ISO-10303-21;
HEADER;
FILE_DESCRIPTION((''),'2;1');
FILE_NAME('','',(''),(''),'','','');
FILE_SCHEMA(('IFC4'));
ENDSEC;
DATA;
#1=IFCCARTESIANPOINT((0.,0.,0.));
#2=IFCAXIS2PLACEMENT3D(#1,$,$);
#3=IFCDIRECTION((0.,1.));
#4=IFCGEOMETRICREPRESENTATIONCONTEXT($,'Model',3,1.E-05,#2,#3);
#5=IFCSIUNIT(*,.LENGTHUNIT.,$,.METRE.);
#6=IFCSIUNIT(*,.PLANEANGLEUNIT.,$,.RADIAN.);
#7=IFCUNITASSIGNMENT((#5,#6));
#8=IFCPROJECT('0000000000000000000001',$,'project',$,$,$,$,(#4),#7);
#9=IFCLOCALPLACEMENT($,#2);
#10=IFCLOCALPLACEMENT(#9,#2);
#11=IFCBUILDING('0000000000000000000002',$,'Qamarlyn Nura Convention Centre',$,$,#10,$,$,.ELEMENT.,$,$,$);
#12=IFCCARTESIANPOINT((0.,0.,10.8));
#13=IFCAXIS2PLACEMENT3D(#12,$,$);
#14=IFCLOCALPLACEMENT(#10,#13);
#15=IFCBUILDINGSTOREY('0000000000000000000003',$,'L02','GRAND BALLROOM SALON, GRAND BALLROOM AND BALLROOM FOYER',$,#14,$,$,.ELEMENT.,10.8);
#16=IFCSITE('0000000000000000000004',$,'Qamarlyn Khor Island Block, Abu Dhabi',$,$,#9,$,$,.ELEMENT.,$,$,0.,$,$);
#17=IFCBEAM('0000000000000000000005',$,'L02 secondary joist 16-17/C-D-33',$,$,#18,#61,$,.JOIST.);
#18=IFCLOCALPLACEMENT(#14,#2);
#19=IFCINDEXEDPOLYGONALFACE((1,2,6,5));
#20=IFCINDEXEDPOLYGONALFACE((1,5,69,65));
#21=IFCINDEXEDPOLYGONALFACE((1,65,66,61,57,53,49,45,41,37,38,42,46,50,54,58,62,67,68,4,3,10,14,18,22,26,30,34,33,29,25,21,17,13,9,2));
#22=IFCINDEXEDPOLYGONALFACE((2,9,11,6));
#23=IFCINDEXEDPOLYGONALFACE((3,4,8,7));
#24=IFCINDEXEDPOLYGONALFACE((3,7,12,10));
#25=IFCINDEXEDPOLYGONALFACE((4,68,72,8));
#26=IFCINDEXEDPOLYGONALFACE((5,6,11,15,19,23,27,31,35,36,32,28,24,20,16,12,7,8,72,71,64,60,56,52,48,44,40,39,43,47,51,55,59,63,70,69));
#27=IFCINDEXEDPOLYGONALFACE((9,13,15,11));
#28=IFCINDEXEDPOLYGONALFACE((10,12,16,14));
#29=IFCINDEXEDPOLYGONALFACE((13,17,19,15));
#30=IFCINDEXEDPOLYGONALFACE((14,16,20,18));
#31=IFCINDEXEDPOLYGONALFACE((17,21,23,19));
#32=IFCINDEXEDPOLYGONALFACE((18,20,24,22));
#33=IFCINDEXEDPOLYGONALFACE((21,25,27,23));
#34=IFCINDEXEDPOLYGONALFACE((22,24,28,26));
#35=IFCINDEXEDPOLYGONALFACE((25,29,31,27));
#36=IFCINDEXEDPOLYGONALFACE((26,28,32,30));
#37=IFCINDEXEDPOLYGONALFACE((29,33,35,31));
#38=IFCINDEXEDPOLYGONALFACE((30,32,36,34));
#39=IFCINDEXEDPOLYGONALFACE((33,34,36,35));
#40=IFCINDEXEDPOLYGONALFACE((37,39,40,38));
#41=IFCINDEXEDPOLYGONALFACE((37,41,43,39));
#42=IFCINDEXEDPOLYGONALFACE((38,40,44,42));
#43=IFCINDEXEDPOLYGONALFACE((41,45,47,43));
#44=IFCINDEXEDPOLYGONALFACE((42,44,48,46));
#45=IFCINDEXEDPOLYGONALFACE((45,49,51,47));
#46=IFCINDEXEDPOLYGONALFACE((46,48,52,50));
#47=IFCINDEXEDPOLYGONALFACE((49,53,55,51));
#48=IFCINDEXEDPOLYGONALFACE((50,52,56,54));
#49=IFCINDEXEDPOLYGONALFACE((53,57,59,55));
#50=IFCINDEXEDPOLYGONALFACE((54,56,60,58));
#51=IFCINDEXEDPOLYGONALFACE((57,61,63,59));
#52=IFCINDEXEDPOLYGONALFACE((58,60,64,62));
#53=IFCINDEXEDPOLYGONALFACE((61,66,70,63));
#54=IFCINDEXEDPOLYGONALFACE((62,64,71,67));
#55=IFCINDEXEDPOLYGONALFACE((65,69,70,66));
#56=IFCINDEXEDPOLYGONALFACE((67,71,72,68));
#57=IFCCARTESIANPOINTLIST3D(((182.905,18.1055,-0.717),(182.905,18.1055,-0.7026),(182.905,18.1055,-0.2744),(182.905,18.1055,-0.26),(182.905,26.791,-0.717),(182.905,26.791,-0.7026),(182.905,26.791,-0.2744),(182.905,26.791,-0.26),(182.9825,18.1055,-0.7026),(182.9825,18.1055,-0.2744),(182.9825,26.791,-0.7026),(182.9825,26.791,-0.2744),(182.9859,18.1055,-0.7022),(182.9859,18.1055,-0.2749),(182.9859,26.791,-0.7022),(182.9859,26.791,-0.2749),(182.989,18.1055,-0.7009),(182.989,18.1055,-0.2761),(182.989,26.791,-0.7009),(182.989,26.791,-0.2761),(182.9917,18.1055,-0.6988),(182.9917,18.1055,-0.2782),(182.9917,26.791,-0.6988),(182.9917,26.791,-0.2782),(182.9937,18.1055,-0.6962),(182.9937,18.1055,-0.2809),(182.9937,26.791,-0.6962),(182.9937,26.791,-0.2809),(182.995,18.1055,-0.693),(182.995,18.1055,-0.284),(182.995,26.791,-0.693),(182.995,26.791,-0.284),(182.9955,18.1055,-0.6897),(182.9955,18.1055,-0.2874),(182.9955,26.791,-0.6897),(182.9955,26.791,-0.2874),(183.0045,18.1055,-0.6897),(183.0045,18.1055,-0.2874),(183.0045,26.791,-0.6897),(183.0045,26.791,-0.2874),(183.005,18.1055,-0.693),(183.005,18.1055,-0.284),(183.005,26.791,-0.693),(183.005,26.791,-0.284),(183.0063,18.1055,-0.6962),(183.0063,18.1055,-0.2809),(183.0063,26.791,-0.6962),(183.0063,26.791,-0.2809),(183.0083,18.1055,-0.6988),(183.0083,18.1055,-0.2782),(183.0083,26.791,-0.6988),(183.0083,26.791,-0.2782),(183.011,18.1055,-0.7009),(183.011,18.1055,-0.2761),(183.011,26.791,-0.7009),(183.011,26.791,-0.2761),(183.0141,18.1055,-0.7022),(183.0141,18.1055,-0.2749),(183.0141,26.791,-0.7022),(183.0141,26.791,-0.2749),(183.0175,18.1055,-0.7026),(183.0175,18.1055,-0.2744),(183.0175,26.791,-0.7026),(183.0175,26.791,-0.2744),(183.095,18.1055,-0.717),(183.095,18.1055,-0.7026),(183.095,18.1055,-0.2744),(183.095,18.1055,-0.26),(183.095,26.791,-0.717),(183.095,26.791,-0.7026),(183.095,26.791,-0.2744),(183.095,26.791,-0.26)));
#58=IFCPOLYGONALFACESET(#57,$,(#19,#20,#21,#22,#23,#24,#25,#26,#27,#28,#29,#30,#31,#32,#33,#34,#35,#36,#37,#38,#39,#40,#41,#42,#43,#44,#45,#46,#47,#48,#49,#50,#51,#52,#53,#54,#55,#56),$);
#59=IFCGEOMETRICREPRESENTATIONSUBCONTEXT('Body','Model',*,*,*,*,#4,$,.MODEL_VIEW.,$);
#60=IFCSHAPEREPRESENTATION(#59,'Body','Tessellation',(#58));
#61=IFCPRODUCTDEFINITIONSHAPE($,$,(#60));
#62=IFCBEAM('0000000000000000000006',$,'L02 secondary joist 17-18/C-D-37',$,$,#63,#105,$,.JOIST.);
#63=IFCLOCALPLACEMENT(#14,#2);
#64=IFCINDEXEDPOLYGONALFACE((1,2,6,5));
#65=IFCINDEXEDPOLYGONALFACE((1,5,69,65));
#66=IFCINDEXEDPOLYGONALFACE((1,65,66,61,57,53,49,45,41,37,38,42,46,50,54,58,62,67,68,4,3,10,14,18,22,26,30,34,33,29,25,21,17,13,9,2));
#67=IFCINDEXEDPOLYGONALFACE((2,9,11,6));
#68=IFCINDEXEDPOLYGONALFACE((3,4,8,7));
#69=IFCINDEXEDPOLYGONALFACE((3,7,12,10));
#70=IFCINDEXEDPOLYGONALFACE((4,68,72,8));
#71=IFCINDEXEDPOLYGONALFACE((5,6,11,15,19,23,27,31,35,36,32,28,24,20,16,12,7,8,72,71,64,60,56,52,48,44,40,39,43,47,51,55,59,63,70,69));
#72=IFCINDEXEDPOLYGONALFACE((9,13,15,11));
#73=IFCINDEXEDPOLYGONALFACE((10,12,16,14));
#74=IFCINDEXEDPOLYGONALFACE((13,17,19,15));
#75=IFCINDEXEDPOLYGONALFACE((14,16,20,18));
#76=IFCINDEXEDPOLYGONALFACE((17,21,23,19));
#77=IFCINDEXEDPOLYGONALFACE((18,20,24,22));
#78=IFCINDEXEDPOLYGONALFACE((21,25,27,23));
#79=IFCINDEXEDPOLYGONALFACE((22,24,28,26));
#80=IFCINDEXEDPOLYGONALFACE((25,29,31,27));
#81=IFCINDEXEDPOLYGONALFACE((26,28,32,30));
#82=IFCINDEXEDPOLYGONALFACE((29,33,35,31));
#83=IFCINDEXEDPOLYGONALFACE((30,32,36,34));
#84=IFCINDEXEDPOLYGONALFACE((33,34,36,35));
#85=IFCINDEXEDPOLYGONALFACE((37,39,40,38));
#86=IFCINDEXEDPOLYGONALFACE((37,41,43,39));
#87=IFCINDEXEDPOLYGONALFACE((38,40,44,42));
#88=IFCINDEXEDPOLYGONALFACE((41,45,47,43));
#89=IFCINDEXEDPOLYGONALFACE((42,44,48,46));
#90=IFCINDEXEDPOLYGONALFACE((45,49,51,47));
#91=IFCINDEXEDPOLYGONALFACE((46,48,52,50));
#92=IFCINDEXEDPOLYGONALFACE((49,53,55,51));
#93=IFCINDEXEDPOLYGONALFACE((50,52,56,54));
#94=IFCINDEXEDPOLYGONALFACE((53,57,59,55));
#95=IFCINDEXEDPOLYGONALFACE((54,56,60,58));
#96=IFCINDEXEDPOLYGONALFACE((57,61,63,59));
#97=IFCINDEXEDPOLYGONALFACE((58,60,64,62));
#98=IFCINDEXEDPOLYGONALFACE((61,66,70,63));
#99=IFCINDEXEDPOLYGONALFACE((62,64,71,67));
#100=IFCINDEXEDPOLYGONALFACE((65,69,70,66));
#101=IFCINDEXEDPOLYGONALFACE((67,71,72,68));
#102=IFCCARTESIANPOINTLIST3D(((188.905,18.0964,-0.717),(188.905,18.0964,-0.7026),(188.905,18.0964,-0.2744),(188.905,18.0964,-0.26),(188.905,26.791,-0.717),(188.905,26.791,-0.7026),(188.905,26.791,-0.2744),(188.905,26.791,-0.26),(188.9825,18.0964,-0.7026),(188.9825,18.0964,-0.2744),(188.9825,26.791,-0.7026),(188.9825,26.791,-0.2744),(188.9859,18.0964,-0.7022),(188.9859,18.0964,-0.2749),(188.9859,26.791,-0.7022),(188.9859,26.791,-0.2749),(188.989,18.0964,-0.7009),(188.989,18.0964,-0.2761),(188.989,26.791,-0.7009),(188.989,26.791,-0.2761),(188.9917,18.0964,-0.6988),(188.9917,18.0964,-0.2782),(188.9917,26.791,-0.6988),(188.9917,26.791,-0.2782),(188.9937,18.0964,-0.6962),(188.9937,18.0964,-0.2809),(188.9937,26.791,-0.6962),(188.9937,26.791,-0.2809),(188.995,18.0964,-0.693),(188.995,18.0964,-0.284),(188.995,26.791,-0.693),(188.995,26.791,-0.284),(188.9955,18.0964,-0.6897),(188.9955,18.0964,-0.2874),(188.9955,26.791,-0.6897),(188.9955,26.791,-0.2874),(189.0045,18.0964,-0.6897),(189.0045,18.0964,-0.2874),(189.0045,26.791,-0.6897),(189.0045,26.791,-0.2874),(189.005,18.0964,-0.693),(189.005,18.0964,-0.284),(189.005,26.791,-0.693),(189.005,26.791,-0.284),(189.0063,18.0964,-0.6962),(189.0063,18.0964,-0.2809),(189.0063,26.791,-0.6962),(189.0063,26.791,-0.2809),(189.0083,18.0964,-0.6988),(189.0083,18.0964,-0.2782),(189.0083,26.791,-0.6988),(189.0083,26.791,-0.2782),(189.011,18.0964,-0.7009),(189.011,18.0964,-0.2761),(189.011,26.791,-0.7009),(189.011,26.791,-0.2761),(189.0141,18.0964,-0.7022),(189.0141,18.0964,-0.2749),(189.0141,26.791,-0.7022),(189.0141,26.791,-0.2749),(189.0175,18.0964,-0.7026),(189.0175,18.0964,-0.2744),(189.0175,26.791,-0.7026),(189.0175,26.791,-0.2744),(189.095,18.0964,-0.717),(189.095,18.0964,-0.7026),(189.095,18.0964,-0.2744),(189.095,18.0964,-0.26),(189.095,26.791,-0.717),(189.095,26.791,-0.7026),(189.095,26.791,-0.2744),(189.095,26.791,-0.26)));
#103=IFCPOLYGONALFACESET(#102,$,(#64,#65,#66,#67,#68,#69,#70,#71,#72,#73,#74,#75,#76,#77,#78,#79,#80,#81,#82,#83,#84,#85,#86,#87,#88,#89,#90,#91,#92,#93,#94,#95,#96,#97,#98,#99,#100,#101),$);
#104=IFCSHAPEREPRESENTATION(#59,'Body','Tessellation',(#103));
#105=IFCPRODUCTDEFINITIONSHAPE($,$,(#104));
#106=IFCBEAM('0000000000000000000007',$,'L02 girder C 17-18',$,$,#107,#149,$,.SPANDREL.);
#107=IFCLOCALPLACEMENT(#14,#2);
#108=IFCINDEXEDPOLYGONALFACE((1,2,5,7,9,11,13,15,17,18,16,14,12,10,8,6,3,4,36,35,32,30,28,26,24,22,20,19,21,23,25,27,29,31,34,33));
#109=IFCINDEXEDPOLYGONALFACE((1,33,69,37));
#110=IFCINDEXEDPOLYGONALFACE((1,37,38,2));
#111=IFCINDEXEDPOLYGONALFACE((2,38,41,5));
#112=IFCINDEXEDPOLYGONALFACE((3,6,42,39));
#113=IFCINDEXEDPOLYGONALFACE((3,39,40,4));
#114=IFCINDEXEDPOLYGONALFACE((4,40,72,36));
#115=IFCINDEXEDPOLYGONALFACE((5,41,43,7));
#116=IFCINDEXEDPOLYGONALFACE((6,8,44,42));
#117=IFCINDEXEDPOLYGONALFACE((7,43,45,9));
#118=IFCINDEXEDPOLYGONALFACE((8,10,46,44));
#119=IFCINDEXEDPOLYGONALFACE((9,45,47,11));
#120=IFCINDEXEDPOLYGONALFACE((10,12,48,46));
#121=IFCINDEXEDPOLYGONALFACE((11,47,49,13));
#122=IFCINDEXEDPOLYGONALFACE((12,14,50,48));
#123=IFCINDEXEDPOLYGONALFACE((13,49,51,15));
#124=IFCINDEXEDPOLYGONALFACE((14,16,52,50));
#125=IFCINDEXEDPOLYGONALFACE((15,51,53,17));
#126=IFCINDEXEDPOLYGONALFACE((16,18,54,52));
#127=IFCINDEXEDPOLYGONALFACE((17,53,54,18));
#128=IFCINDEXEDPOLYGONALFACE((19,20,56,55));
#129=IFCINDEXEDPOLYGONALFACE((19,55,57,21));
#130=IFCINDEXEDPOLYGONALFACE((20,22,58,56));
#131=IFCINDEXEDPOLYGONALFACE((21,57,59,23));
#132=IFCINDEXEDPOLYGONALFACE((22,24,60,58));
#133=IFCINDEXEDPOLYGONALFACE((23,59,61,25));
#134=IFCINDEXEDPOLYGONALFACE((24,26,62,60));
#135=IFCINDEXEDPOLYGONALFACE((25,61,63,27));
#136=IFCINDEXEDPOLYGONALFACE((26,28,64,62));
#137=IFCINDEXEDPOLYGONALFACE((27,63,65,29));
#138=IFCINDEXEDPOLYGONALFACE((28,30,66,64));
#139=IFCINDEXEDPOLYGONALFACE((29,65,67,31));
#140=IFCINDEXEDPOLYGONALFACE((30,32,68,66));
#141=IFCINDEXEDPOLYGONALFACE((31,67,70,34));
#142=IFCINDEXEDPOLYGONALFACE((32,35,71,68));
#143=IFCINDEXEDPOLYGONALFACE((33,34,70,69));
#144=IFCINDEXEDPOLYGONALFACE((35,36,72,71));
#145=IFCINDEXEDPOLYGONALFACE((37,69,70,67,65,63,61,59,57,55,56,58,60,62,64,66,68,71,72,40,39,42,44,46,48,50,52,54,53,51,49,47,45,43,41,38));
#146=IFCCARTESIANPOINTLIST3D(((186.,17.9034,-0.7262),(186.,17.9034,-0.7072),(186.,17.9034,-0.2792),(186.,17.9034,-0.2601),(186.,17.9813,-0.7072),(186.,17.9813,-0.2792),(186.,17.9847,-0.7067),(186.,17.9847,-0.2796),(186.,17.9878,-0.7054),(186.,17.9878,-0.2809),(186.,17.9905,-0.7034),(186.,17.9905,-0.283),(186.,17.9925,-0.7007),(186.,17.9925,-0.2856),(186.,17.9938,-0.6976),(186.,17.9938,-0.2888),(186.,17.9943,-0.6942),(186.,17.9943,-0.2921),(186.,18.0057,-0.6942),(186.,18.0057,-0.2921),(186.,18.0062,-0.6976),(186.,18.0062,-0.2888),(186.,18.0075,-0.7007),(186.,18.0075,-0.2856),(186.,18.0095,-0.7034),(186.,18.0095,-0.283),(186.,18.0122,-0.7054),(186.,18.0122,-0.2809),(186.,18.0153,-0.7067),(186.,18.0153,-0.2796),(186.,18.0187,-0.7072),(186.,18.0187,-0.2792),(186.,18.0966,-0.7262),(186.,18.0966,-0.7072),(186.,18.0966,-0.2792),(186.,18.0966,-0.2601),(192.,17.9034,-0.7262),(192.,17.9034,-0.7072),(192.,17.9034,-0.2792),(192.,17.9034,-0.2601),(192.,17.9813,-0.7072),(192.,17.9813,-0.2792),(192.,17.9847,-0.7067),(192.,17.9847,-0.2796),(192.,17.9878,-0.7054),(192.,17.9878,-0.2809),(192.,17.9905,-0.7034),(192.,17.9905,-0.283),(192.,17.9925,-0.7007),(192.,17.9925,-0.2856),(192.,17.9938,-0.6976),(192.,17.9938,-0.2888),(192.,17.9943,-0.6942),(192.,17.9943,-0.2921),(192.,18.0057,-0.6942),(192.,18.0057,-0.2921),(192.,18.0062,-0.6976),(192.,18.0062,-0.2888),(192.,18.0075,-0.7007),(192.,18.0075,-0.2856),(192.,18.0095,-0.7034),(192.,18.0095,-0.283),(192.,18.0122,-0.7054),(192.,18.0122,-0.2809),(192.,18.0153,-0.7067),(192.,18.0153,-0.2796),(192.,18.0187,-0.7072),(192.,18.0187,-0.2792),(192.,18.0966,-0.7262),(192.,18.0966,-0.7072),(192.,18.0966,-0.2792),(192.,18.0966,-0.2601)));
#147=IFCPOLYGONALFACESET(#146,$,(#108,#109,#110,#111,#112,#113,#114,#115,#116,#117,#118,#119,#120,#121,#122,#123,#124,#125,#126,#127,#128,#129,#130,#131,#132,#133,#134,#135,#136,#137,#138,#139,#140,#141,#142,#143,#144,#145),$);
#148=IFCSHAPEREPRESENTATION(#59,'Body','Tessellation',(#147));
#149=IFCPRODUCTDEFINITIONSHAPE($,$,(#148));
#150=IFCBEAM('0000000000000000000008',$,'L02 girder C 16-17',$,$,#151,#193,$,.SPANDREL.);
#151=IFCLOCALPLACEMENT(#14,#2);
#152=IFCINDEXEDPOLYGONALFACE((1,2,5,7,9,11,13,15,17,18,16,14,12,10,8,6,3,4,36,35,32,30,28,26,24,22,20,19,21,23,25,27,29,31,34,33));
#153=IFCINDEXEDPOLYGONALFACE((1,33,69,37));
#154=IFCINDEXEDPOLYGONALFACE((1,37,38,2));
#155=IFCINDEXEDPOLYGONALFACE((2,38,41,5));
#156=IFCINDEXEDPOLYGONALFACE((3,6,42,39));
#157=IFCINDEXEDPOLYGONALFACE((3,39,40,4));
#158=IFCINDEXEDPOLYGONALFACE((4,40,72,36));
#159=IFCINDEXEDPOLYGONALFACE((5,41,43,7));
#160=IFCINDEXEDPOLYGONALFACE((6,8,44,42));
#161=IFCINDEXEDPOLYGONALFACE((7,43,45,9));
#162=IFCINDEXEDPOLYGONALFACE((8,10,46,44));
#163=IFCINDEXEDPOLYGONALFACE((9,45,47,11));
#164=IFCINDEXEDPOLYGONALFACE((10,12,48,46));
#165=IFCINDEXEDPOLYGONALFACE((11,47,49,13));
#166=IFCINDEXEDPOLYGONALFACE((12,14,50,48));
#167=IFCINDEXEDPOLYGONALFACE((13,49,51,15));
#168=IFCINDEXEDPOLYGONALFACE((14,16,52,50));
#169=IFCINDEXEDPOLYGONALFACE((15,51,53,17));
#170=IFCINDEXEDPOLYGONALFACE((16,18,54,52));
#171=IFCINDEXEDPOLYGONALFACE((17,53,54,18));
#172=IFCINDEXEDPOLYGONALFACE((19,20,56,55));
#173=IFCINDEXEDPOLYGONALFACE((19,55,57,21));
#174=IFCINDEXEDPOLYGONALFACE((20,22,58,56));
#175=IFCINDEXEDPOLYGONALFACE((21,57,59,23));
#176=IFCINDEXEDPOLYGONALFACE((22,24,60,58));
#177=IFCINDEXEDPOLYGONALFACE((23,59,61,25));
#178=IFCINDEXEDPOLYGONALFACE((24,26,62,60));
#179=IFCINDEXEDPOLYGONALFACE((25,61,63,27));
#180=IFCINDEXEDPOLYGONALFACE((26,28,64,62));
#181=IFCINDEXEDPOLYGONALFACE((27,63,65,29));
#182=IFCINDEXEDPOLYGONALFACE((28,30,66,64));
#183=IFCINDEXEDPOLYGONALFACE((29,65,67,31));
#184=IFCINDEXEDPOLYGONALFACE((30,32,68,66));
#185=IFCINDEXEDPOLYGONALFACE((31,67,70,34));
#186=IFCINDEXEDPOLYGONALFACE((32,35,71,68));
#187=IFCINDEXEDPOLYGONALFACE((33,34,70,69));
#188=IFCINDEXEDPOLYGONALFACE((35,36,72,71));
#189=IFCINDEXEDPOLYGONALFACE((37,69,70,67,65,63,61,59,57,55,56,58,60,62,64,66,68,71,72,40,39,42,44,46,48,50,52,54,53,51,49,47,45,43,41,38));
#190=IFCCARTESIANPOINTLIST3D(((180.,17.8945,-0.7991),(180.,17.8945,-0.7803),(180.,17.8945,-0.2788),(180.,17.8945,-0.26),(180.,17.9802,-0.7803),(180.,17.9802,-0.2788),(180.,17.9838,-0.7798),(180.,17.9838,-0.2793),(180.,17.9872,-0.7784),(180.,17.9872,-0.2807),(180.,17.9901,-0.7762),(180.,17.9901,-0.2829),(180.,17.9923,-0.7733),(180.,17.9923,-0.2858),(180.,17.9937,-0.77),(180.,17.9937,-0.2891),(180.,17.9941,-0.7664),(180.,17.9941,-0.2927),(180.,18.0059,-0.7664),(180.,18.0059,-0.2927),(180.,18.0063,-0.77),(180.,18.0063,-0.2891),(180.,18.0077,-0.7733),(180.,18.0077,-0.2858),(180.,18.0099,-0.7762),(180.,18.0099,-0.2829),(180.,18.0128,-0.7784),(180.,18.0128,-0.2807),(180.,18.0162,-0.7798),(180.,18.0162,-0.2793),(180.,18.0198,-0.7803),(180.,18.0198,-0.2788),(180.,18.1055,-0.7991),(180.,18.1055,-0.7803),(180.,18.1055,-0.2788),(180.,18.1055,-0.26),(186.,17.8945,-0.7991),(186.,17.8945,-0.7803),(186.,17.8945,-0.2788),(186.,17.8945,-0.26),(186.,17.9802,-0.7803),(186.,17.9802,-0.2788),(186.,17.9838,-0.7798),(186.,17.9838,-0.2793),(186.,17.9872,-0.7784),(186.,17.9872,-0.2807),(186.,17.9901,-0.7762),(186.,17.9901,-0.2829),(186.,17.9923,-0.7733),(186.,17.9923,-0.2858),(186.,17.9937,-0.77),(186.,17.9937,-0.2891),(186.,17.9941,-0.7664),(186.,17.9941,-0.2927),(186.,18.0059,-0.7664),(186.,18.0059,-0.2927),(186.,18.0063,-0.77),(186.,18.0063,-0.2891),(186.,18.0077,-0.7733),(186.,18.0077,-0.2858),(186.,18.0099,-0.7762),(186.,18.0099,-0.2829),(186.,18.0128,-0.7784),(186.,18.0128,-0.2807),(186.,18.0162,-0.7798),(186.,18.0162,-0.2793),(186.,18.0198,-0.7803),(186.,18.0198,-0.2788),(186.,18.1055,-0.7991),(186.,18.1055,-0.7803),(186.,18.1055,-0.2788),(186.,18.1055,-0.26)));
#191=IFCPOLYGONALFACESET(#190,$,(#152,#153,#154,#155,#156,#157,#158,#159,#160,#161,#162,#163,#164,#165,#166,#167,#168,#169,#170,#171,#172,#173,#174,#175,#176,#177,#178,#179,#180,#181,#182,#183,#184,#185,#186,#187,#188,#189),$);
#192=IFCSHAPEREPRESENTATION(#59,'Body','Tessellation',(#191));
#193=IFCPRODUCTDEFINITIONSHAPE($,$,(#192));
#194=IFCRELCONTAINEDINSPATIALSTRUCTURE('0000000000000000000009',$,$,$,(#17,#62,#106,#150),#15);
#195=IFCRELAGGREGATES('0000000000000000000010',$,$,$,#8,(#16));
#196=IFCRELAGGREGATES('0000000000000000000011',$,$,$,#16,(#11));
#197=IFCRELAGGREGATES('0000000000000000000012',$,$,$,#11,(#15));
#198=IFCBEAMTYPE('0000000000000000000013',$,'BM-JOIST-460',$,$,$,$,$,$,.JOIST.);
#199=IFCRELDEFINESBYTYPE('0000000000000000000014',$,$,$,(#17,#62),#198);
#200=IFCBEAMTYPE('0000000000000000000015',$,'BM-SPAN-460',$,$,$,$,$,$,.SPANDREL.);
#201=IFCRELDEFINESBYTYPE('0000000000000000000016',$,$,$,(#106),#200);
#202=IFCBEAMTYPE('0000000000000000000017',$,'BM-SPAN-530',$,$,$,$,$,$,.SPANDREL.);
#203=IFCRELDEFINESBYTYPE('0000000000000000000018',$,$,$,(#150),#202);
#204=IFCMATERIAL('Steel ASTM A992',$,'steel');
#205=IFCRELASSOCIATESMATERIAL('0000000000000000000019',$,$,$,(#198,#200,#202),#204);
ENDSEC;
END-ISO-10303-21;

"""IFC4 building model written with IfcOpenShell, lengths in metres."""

from ifc_helpers import new_model, si_unit, direction, frame, origin, origin_2d, place, context, subcontext, project, spatial, i_section, extrude, material, material_profile, profile_set, type_object, element, save


model = new_model("IFC4")

# Units and contexts
model_context = context("Model", 3, precision=1e-05, world=origin(), true_north=direction((0.0, 1.0)))
body_context = subcontext(model_context, "Body", "Model", "MODEL_VIEW")
ifc_project = project(units=[si_unit("LENGTHUNIT", "METRE"), si_unit("PLANEANGLEUNIT", "RADIAN")], contexts=[model_context])

# Site, building, storey
site_placement = place(None, origin())
site = spatial("IfcSite", under=ifc_project, at=site_placement, Name="Qamarlyn Khor Island Block, Abu Dhabi", CompositionType="ELEMENT", RefElevation=0.0)
building_placement = place(site_placement, origin())
building = spatial("IfcBuilding", under=site, at=building_placement, Name="Qamarlyn Nura Convention Centre", CompositionType="ELEMENT")
storey_placement = place(building_placement, frame((0.0, 0.0, 10.8)))
storey = spatial("IfcBuildingStorey", under=building, at=storey_placement, Name="L02", Description="GRAND BALLROOM SALON, GRAND BALLROOM AND BALLROOM FOYER", CompositionType="ELEMENT", Elevation=10.8)

# Shared definitions
ifc_material_1 = material(Name="Steel ASTM A992", Category="steel")

# Beams
ifc_material_profile_1 = material_profile(ifc_material_1, i_section(OverallWidth=0.1899, OverallDepth=0.457, WebThickness=0.009, FlangeThickness=0.0144, FilletRadius=0.0129, at=origin_2d()), Name="W460X74")
ifc_profile_set_1 = profile_set([ifc_material_profile_1], Name="Steel ASTM A992")
beam_type_1 = type_object("IfcBeamType", Name="BM-JOIST-460", PredefinedType="JOIST", material=ifc_profile_set_1)
beam_1_placement = place(storey_placement, frame((183.0, 18.1055, -0.4885), z_axis=(0.0, 1.0, 0.0), x_axis=(-1.0, 0.0, 0.0)))
element("IfcBeam", 1, at=beam_1_placement, inside=storey, type_object=beam_type_1, Name="L02 secondary joist 16-17/C-D-33", PredefinedType="JOIST", context=body_context, shape_type="SweptSolid", body=[
    extrude(i_section(OverallWidth=0.1899, OverallDepth=0.457, WebThickness=0.009, FlangeThickness=0.0144, FilletRadius=0.0129, at=origin_2d()), origin(), (0.0, 0.0, 1.0), 8.6855),
])
beam_2_placement = place(storey_placement, frame((189.0, 18.0964, -0.4885), z_axis=(0.0, 1.0, 0.0), x_axis=(-1.0, 0.0, 0.0)))
element("IfcBeam", 2, at=beam_2_placement, inside=storey, type_object=beam_type_1, Name="L02 secondary joist 17-18/C-D-37", PredefinedType="JOIST", context=body_context, shape_type="SweptSolid", body=[
    extrude(i_section(OverallWidth=0.1899, OverallDepth=0.457, WebThickness=0.009, FlangeThickness=0.0144, FilletRadius=0.0129, at=origin_2d()), origin(), (0.0, 0.0, 1.0), 8.6946),
])
ifc_material_profile_2 = material_profile(ifc_material_1, i_section(OverallWidth=0.1931, OverallDepth=0.4661, WebThickness=0.0115, FlangeThickness=0.019, FilletRadius=0.0129, at=origin_2d()), Name="W460X97")
ifc_profile_set_2 = profile_set([ifc_material_profile_2], Name="Steel ASTM A992")
beam_type_2 = type_object("IfcBeamType", Name="BM-SPAN-460", PredefinedType="SPANDREL", material=ifc_profile_set_2)
beam_3_placement = place(storey_placement, frame((186.0, 18.0, -0.4932), z_axis=(1.0, 0.0, 0.0), x_axis=(0.0, 1.0, 0.0)))
element("IfcBeam", 3, at=beam_3_placement, inside=storey, type_object=beam_type_2, Name="L02 girder C 17-18", PredefinedType="SPANDREL", context=body_context, shape_type="SweptSolid", body=[
    extrude(i_section(OverallWidth=0.1931, OverallDepth=0.4661, WebThickness=0.0115, FlangeThickness=0.019, FilletRadius=0.0129, at=origin_2d()), origin(), (0.0, 0.0, 1.0), 6.0),
])
ifc_material_profile_3 = material_profile(ifc_material_1, i_section(OverallWidth=0.2109, OverallDepth=0.5391, WebThickness=0.0117, FlangeThickness=0.0188, FilletRadius=0.0139, at=origin_2d()), Name="W530X109")
ifc_profile_set_3 = profile_set([ifc_material_profile_3], Name="Steel ASTM A992")
beam_type_3 = type_object("IfcBeamType", Name="BM-SPAN-530", PredefinedType="SPANDREL", material=ifc_profile_set_3)
beam_4_placement = place(storey_placement, frame((180.0, 18.0, -0.5295), z_axis=(1.0, 0.0, 0.0), x_axis=(0.0, 1.0, 0.0)))
element("IfcBeam", 4, at=beam_4_placement, inside=storey, type_object=beam_type_3, Name="L02 girder C 16-17", PredefinedType="SPANDREL", context=body_context, shape_type="SweptSolid", body=[
    extrude(i_section(OverallWidth=0.2109, OverallDepth=0.5391, WebThickness=0.0117, FlangeThickness=0.0188, FilletRadius=0.0139, at=origin_2d()), origin(), (0.0, 0.0, 1.0), 6.0),
])

save(model, "model.ifc")
